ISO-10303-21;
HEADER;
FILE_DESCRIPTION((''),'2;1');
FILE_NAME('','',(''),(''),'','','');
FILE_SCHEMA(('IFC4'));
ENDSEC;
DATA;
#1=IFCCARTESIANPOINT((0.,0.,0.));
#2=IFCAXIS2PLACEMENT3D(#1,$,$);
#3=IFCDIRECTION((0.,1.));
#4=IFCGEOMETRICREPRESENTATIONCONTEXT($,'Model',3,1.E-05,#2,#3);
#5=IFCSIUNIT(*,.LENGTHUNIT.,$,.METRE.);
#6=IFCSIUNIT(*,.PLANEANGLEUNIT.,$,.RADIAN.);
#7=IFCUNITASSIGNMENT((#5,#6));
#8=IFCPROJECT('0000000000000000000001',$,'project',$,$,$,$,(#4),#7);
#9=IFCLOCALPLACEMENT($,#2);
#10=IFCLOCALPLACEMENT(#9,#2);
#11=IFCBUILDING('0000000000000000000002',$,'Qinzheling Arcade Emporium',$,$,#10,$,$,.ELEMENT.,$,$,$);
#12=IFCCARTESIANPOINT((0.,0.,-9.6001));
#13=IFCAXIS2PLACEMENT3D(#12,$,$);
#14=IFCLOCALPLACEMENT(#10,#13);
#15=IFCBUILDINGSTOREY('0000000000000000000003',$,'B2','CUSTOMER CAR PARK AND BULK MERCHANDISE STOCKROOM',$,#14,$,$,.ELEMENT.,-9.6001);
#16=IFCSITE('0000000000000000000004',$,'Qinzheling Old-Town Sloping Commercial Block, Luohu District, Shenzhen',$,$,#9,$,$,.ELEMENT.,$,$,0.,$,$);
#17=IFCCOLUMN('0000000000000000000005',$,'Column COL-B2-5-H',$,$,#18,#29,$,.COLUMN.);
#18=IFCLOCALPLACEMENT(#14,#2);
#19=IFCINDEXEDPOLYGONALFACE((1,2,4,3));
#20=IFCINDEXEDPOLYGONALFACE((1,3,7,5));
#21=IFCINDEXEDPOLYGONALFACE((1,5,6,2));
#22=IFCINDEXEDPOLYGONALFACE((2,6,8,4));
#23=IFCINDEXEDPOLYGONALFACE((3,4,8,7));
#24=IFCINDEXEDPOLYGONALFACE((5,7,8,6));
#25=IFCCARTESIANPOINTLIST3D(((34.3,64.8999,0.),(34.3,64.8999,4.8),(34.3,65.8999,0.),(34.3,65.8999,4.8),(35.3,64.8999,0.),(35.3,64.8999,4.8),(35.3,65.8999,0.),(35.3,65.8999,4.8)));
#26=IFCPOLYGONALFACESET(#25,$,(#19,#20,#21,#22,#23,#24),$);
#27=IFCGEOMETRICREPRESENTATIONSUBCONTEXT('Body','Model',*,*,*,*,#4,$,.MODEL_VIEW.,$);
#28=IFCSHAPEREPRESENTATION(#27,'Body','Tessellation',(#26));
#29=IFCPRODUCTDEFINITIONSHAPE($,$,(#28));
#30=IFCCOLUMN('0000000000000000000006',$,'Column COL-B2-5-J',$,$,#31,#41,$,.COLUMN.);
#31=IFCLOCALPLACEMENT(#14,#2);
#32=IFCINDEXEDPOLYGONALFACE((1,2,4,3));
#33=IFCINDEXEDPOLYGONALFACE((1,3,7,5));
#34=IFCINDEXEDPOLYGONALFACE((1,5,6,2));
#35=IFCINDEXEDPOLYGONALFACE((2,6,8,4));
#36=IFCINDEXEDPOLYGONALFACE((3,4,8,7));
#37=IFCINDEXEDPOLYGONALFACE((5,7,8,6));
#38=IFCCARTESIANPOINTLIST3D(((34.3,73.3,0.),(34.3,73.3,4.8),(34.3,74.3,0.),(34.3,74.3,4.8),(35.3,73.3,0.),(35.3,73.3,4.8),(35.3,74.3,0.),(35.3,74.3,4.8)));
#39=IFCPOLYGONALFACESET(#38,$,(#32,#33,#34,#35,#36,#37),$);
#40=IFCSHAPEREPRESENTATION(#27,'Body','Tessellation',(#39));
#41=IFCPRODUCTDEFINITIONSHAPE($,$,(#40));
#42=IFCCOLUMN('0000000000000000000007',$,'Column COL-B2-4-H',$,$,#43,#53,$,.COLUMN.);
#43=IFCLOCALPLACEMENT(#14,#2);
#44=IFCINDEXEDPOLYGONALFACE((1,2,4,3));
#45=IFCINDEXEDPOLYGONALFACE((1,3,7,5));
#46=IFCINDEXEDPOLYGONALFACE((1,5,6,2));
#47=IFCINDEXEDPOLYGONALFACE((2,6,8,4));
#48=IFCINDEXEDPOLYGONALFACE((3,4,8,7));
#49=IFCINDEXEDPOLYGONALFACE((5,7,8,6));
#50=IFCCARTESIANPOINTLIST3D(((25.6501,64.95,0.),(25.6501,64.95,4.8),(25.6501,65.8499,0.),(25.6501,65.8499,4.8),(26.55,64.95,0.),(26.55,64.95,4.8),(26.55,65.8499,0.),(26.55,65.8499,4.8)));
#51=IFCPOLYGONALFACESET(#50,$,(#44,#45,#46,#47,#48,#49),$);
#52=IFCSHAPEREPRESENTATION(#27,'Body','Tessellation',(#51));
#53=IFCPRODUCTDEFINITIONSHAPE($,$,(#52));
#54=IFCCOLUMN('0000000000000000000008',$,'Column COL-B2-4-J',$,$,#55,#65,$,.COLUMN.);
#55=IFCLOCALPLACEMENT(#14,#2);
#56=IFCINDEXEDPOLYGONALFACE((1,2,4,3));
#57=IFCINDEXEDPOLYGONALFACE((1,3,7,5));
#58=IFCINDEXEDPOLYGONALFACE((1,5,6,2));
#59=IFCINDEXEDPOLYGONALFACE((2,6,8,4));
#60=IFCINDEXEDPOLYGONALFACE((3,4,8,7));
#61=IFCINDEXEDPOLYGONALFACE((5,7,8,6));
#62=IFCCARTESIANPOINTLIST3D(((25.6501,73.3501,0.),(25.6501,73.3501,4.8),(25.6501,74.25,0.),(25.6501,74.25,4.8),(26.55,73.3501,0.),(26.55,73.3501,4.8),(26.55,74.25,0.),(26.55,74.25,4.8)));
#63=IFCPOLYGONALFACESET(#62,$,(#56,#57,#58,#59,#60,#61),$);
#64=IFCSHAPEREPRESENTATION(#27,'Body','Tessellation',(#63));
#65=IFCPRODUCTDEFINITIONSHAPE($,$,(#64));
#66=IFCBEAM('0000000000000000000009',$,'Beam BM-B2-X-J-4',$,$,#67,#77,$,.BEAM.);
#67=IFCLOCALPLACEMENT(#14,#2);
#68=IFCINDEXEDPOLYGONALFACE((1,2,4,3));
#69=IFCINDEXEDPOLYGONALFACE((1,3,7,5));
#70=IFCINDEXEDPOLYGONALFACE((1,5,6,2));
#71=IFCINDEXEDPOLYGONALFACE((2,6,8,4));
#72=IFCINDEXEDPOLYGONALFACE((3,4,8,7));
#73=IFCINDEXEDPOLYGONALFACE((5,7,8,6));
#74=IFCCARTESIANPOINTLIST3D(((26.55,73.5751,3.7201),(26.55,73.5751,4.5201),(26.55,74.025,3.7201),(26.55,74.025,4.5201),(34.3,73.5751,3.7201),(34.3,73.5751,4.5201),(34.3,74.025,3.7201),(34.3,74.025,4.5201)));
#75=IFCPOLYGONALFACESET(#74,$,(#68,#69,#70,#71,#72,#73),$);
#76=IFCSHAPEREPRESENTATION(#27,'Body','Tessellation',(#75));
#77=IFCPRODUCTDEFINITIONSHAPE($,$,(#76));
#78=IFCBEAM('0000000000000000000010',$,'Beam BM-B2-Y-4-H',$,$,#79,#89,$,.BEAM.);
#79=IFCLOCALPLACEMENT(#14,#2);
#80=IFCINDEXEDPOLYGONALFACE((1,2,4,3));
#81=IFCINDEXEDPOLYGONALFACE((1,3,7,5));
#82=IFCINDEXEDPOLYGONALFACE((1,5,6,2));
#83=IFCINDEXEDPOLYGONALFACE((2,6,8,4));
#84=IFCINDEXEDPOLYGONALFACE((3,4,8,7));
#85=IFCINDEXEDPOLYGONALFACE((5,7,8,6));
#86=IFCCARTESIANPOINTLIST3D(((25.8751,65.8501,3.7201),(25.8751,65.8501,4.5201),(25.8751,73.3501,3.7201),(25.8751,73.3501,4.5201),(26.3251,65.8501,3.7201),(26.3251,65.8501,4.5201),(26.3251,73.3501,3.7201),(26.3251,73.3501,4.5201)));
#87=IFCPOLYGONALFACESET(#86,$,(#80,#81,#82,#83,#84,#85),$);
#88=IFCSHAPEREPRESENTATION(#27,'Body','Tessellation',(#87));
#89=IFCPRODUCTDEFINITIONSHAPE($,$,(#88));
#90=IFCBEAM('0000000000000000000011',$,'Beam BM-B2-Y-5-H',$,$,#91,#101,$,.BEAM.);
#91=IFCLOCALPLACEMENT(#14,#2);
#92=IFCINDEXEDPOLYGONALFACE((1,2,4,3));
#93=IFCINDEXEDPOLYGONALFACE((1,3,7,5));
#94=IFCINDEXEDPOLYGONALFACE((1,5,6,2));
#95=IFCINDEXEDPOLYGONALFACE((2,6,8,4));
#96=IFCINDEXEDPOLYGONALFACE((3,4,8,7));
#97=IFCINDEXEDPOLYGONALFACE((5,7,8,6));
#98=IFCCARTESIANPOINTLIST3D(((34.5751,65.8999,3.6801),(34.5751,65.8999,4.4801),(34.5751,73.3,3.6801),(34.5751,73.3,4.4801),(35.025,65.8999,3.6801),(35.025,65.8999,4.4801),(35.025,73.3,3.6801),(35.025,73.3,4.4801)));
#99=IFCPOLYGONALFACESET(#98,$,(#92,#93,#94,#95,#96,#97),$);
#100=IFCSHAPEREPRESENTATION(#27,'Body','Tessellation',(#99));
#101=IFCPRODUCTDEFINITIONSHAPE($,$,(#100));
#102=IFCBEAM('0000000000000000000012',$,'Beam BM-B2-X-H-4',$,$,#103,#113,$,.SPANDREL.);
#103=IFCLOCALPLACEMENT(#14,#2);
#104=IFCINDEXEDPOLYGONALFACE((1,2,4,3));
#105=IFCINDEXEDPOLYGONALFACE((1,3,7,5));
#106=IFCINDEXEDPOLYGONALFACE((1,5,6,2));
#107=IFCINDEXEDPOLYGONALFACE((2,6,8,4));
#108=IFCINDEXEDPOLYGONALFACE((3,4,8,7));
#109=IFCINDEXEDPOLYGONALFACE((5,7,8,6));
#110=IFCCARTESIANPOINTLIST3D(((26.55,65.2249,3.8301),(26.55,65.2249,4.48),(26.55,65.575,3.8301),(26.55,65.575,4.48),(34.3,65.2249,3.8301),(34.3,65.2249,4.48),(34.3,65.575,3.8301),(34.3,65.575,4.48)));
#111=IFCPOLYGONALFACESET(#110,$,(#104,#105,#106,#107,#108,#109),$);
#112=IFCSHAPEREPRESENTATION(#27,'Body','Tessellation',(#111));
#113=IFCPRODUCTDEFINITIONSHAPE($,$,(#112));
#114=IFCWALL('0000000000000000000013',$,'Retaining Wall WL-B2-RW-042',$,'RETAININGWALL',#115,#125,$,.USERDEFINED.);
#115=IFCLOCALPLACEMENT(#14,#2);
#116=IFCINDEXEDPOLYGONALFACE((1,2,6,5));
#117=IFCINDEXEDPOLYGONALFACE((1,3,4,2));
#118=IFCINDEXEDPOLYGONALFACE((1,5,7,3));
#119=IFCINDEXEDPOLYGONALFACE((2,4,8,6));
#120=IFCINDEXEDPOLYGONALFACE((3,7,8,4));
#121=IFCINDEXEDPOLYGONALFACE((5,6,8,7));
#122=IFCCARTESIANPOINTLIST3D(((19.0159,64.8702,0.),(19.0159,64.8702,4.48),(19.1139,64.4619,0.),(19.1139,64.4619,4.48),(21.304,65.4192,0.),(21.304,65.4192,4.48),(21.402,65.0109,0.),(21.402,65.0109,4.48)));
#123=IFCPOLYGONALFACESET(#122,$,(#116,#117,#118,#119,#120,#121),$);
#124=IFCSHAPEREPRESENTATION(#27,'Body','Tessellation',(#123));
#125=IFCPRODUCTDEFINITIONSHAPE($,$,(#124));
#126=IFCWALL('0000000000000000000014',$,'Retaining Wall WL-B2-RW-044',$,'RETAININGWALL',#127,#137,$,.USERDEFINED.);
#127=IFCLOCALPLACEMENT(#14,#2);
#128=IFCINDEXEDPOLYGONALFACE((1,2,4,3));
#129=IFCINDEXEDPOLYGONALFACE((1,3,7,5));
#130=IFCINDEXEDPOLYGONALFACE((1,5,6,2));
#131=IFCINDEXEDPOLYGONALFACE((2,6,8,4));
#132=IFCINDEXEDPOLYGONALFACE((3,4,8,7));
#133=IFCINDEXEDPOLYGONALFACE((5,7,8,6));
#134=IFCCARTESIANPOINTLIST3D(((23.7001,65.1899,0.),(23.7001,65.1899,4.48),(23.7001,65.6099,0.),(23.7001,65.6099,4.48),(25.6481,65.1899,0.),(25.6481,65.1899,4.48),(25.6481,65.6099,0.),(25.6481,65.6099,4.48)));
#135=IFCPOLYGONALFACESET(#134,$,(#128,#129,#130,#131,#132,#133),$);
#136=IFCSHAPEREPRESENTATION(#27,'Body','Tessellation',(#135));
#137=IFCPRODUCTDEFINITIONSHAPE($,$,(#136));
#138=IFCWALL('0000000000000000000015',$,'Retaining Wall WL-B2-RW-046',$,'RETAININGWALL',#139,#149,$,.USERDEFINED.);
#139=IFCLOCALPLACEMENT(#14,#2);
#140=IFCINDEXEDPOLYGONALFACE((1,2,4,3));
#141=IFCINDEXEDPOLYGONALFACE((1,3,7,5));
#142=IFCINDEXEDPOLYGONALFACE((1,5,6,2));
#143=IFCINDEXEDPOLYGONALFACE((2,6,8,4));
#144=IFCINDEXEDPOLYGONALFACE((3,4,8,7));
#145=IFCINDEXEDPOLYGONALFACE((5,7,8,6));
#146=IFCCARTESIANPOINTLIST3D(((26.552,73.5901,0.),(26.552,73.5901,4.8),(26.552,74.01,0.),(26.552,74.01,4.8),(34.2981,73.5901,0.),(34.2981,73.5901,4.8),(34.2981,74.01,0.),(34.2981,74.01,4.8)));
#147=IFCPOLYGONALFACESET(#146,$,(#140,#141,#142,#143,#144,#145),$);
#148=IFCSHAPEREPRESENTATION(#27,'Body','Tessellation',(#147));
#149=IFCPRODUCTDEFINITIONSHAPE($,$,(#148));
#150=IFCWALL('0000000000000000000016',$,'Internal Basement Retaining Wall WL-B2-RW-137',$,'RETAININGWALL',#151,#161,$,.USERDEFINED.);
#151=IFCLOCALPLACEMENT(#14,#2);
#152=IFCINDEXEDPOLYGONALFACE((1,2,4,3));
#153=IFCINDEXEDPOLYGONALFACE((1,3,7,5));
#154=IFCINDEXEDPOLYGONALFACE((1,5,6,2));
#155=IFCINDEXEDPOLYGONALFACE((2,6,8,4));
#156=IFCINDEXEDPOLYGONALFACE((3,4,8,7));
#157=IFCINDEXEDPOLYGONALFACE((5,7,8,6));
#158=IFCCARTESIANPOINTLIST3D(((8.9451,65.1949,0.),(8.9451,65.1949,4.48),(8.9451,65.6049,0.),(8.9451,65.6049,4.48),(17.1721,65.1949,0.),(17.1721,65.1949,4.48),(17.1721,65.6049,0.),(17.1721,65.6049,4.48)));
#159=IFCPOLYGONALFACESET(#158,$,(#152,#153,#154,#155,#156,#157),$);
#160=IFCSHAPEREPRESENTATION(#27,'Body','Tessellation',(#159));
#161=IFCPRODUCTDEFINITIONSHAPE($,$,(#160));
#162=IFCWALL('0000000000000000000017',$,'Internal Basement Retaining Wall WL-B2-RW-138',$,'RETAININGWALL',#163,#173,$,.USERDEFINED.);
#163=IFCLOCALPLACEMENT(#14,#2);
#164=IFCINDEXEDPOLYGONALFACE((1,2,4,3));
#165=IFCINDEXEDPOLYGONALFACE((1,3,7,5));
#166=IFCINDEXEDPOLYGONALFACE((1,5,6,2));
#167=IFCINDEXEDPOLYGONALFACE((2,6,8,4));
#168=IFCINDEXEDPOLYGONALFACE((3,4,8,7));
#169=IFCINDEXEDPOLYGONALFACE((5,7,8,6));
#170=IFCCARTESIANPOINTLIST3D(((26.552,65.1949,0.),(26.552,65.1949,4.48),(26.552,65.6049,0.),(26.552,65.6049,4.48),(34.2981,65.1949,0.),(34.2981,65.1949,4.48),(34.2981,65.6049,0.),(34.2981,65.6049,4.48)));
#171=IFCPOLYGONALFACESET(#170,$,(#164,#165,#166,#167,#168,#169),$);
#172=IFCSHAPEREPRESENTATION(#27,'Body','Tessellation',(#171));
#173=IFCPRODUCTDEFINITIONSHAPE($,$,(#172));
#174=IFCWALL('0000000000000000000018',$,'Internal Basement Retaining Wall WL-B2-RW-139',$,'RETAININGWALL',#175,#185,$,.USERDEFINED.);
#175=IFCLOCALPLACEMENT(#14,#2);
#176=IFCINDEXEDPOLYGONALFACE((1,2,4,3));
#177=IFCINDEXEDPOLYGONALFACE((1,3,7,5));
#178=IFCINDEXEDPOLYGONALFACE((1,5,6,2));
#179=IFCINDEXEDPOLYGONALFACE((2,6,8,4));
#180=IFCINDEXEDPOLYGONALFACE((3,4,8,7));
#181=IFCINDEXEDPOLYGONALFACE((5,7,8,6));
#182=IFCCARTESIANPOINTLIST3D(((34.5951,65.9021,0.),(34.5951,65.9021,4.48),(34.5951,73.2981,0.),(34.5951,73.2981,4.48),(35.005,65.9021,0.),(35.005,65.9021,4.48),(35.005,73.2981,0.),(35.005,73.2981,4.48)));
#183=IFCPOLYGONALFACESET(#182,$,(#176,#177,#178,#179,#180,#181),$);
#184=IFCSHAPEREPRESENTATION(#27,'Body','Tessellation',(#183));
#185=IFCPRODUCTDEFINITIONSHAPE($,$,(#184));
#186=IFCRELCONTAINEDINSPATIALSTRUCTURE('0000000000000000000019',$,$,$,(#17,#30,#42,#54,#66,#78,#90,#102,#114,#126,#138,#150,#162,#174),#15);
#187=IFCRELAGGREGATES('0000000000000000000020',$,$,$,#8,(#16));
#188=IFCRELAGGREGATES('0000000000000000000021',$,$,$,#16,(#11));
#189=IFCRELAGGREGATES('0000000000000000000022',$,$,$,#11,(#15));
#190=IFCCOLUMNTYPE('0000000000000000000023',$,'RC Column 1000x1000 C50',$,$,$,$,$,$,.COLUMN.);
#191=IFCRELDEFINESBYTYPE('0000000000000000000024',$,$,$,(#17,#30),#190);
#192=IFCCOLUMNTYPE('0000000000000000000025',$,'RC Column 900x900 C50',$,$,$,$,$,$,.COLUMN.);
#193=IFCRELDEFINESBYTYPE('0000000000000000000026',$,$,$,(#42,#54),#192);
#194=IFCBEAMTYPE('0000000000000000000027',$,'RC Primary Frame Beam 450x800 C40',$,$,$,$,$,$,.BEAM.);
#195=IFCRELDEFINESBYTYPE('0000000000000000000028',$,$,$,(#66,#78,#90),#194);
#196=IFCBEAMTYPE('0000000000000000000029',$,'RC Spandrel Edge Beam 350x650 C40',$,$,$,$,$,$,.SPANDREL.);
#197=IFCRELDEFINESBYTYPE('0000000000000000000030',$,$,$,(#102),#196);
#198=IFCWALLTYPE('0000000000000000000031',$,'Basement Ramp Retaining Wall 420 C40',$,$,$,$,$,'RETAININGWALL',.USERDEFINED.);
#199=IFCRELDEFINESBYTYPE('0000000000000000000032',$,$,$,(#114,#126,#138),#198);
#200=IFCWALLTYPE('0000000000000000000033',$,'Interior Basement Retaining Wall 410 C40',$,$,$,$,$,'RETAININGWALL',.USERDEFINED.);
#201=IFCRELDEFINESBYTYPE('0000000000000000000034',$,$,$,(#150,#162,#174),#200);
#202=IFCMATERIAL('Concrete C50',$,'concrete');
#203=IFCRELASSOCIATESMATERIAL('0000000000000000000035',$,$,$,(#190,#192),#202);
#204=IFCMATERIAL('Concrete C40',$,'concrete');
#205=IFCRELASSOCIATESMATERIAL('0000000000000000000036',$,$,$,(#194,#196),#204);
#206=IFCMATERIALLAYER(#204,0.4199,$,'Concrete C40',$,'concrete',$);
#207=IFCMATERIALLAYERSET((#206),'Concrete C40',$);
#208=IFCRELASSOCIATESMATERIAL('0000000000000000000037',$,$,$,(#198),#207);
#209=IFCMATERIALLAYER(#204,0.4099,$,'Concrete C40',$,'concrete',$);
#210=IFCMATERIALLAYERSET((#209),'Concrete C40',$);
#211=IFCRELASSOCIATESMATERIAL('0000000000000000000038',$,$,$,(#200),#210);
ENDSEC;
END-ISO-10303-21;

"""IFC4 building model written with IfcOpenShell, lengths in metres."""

from ifc_helpers import new_model, si_unit, direction, frame, frame_2d, origin, origin_2d, place, context, subcontext, project, spatial, rectangle, extrude, material, layer, layer_set, material_profile, profile_set, type_object, element, save


model = new_model("IFC4")

# Units and contexts
model_context = context("Model", 3, precision=1e-05, world=origin(), true_north=direction((0.0, 1.0)))
body_context = subcontext(model_context, "Body", "Model", "MODEL_VIEW")
ifc_project = project(units=[si_unit("LENGTHUNIT", "METRE"), si_unit("PLANEANGLEUNIT", "RADIAN")], contexts=[model_context])

# Site, building, storey
site_placement = place(None, origin())
site = spatial("IfcSite", under=ifc_project, at=site_placement, Name="Qinzheling Old-Town Sloping Commercial Block, Luohu District, Shenzhen", CompositionType="ELEMENT", RefElevation=0.0)
building_placement = place(site_placement, origin())
building = spatial("IfcBuilding", under=site, at=building_placement, Name="Qinzheling Arcade Emporium", CompositionType="ELEMENT")
storey_placement = place(building_placement, frame((0.0, 0.0, -9.6001)))
storey = spatial("IfcBuildingStorey", under=building, at=storey_placement, Name="B2", Description="CUSTOMER CAR PARK AND BULK MERCHANDISE STOCKROOM", CompositionType="ELEMENT", Elevation=-9.6001)

# Shared definitions
ifc_material_1 = material(Name="Concrete C40", Category="concrete")

# Columns
ifc_material_2 = material(Name="Concrete C50", Category="concrete")
ifc_material_profile_1 = material_profile(ifc_material_2, rectangle(XDim=1.0, YDim=1.0, at=origin_2d()), Name="RC 1000x1000", Category="concrete")
ifc_profile_set_1 = profile_set([ifc_material_profile_1], Name="Concrete C50")
column_type_1 = type_object("IfcColumnType", Name="RC Column 1000x1000 C50", PredefinedType="COLUMN", material=ifc_profile_set_1)
for number, where, z_axis, x_axis, name in (
    (1, (34.8, 65.3999, 0.0), (0.0, 0.0, 1.0), (1.0, 0.0, 0.0), "Column COL-B2-5-H"),
    (2, (34.8, 73.8, 0.0), (0.0, 0.0, 1.0), (1.0, 0.0, 0.0), "Column COL-B2-5-J"),
):
    element("IfcColumn", number, at=place(storey_placement, frame(where, z_axis=z_axis, x_axis=x_axis)), inside=storey, type_object=column_type_1, Name=name, PredefinedType="COLUMN", context=body_context, shape_type="SweptSolid", body=[
        extrude(rectangle(XDim=1.0, YDim=1.0, at=origin_2d()), origin(), (0.0, 0.0, 1.0), 4.8),
    ])
ifc_material_profile_2 = material_profile(ifc_material_2, rectangle(XDim=0.8999, YDim=0.8999, at=origin_2d()), Name="RC 900x900", Category="concrete")
ifc_profile_set_2 = profile_set([ifc_material_profile_2], Name="Concrete C50")
column_type_2 = type_object("IfcColumnType", Name="RC Column 900x900 C50", PredefinedType="COLUMN", material=ifc_profile_set_2)
for number, where, z_axis, x_axis, name in (
    (3, (26.1001, 65.3999, 0.0), (0.0, 0.0, 1.0), (1.0, 0.0, 0.0), "Column COL-B2-4-H"),
    (4, (26.1001, 73.8, 0.0), (0.0, 0.0, 1.0), (1.0, 0.0, 0.0), "Column COL-B2-4-J"),
):
    element("IfcColumn", number, at=place(storey_placement, frame(where, z_axis=z_axis, x_axis=x_axis)), inside=storey, type_object=column_type_2, Name=name, PredefinedType="COLUMN", context=body_context, shape_type="SweptSolid", body=[
        extrude(rectangle(XDim=0.8999, YDim=0.8999, at=origin_2d()), origin(), (0.0, 0.0, 1.0), 4.8),
    ])

# Beams
ifc_material_profile_3 = material_profile(ifc_material_1, rectangle(XDim=0.45, YDim=0.8, at=origin_2d()), Name="RC 450x800", Category="concrete")
ifc_profile_set_3 = profile_set([ifc_material_profile_3], Name="Concrete C40")
beam_type_1 = type_object("IfcBeamType", Name="RC Primary Frame Beam 450x800 C40", PredefinedType="BEAM", material=ifc_profile_set_3)
beam_1_placement = place(storey_placement, frame((26.55, 73.8, 4.1201), z_axis=(1.0, 0.0, 0.0), x_axis=(0.0, 1.0, 0.0)))
element("IfcBeam", 5, at=beam_1_placement, inside=storey, type_object=beam_type_1, Name="Beam BM-B2-X-J-4", PredefinedType="BEAM", context=body_context, shape_type="SweptSolid", body=[
    extrude(rectangle(XDim=0.45, YDim=0.8, at=origin_2d()), origin(), (0.0, 0.0, 1.0), 7.75),
])
beam_2_placement = place(storey_placement, frame((26.1001, 65.8501, 4.1201), z_axis=(0.0, 1.0, 0.0), x_axis=(-1.0, 0.0, 0.0)))
element("IfcBeam", 6, at=beam_2_placement, inside=storey, type_object=beam_type_1, Name="Beam BM-B2-Y-4-H", PredefinedType="BEAM", context=body_context, shape_type="SweptSolid", body=[
    extrude(rectangle(XDim=0.45, YDim=0.8, at=origin_2d()), origin(), (0.0, 0.0, 1.0), 7.5),
])
beam_3_placement = place(storey_placement, frame((34.8, 65.8999, 4.0801), z_axis=(0.0, 1.0, 0.0), x_axis=(-1.0, 0.0, 0.0)))
element("IfcBeam", 7, at=beam_3_placement, inside=storey, type_object=beam_type_1, Name="Beam BM-B2-Y-5-H", PredefinedType="BEAM", context=body_context, shape_type="SweptSolid", body=[
    extrude(rectangle(XDim=0.45, YDim=0.8, at=origin_2d()), origin(), (0.0, 0.0, 1.0), 7.4001),
])
ifc_material_profile_4 = material_profile(ifc_material_1, rectangle(XDim=0.3501, YDim=0.6499, at=origin_2d()), Name="RC 350x650", Category="concrete")
ifc_profile_set_4 = profile_set([ifc_material_profile_4], Name="Concrete C40")
beam_type_2 = type_object("IfcBeamType", Name="RC Spandrel Edge Beam 350x650 C40", PredefinedType="SPANDREL", material=ifc_profile_set_4)
beam_4_placement = place(storey_placement, frame((26.55, 65.3999, 4.155), z_axis=(1.0, 0.0, 0.0), x_axis=(0.0, 1.0, 0.0)))
element("IfcBeam", 8, at=beam_4_placement, inside=storey, type_object=beam_type_2, Name="Beam BM-B2-X-H-4", PredefinedType="SPANDREL", context=body_context, shape_type="SweptSolid", body=[
    extrude(rectangle(XDim=0.3501, YDim=0.6499, at=origin_2d()), origin(), (0.0, 0.0, 1.0), 7.75),
])

# Walls
ifc_layer_1 = layer(ifc_material_1, 0.4199, Name="Concrete C40", Category="concrete")
ifc_layer_set_1 = layer_set([ifc_layer_1], Name="Concrete C40")
wall_type_1 = type_object("IfcWallType", Name="Basement Ramp Retaining Wall 420 C40", ElementType="RETAININGWALL", PredefinedType="USERDEFINED", material=ifc_layer_set_1)
wall_1_placement = place(storey_placement, frame((19.0649, 64.666, 0.0), z_axis=(0.0, 0.0, 1.0), x_axis=(0.972394, 0.233345, 0.0)))
element("IfcWall", 9, at=wall_1_placement, inside=storey, type_object=wall_type_1, Name="Retaining Wall WL-B2-RW-042", ObjectType="RETAININGWALL", PredefinedType="USERDEFINED", context=body_context, shape_type="SweptSolid", body=[
    extrude(rectangle(XDim=2.353, YDim=0.4199, at=frame_2d((1.1765, 0.0))), origin(), (0.0, 0.0, 1.0), 4.48),
])
wall_2_placement = place(storey_placement, frame((23.7, 65.3999, 0.0), z_axis=(0.0, 0.0, 1.0), x_axis=(1.0, 0.0, 0.0)))
element("IfcWall", 10, at=wall_2_placement, inside=storey, type_object=wall_type_1, Name="Retaining Wall WL-B2-RW-044", ObjectType="RETAININGWALL", PredefinedType="USERDEFINED", context=body_context, shape_type="SweptSolid", body=[
    extrude(rectangle(XDim=1.948, YDim=0.4199, at=frame_2d((0.9741, 0.0))), origin(), (0.0, 0.0, 1.0), 4.48),
])
wall_3_placement = place(storey_placement, frame((26.552, 73.8, 0.0), z_axis=(0.0, 0.0, 1.0), x_axis=(1.0, 0.0, 0.0)))
element("IfcWall", 11, at=wall_3_placement, inside=storey, type_object=wall_type_1, Name="Retaining Wall WL-B2-RW-046", ObjectType="RETAININGWALL", PredefinedType="USERDEFINED", context=body_context, shape_type="SweptSolid", body=[
    extrude(rectangle(XDim=7.7461, YDim=0.4199, at=frame_2d((3.873, 0.0))), origin(), (0.0, 0.0, 1.0), 4.8),
])
ifc_layer_2 = layer(ifc_material_1, 0.4099, Name="Concrete C40", Category="concrete")
ifc_layer_set_2 = layer_set([ifc_layer_2], Name="Concrete C40")
wall_type_2 = type_object("IfcWallType", Name="Interior Basement Retaining Wall 410 C40", ElementType="RETAININGWALL", PredefinedType="USERDEFINED", material=ifc_layer_set_2)
wall_4_placement = place(storey_placement, frame((8.9451, 65.3999, 0.0), z_axis=(0.0, 0.0, 1.0), x_axis=(1.0, 0.0, 0.0)))
element("IfcWall", 12, at=wall_4_placement, inside=storey, type_object=wall_type_2, Name="Internal Basement Retaining Wall WL-B2-RW-137", ObjectType="RETAININGWALL", PredefinedType="USERDEFINED", context=body_context, shape_type="SweptSolid", body=[
    extrude(rectangle(XDim=8.2271, YDim=0.4099, at=frame_2d((4.1135, 0.0))), origin(), (0.0, 0.0, 1.0), 4.48),
])
wall_5_placement = place(storey_placement, frame((26.552, 65.3999, 0.0), z_axis=(0.0, 0.0, 1.0), x_axis=(1.0, 0.0, 0.0)))
element("IfcWall", 13, at=wall_5_placement, inside=storey, type_object=wall_type_2, Name="Internal Basement Retaining Wall WL-B2-RW-138", ObjectType="RETAININGWALL", PredefinedType="USERDEFINED", context=body_context, shape_type="SweptSolid", body=[
    extrude(rectangle(XDim=7.7461, YDim=0.4099, at=frame_2d((3.873, 0.0))), origin(), (0.0, 0.0, 1.0), 4.48),
])
wall_6_placement = place(storey_placement, frame((34.8, 65.9021, 0.0), z_axis=(0.0, 0.0, 1.0), x_axis=(0.0, 1.0, 0.0)))
element("IfcWall", 14, at=wall_6_placement, inside=storey, type_object=wall_type_2, Name="Internal Basement Retaining Wall WL-B2-RW-139", ObjectType="RETAININGWALL", PredefinedType="USERDEFINED", context=body_context, shape_type="SweptSolid", body=[
    extrude(rectangle(XDim=7.396, YDim=0.4099, at=frame_2d((3.698, 0.0))), origin(), (0.0, 0.0, 1.0), 4.48),
])

save(model, "model.ifc")
